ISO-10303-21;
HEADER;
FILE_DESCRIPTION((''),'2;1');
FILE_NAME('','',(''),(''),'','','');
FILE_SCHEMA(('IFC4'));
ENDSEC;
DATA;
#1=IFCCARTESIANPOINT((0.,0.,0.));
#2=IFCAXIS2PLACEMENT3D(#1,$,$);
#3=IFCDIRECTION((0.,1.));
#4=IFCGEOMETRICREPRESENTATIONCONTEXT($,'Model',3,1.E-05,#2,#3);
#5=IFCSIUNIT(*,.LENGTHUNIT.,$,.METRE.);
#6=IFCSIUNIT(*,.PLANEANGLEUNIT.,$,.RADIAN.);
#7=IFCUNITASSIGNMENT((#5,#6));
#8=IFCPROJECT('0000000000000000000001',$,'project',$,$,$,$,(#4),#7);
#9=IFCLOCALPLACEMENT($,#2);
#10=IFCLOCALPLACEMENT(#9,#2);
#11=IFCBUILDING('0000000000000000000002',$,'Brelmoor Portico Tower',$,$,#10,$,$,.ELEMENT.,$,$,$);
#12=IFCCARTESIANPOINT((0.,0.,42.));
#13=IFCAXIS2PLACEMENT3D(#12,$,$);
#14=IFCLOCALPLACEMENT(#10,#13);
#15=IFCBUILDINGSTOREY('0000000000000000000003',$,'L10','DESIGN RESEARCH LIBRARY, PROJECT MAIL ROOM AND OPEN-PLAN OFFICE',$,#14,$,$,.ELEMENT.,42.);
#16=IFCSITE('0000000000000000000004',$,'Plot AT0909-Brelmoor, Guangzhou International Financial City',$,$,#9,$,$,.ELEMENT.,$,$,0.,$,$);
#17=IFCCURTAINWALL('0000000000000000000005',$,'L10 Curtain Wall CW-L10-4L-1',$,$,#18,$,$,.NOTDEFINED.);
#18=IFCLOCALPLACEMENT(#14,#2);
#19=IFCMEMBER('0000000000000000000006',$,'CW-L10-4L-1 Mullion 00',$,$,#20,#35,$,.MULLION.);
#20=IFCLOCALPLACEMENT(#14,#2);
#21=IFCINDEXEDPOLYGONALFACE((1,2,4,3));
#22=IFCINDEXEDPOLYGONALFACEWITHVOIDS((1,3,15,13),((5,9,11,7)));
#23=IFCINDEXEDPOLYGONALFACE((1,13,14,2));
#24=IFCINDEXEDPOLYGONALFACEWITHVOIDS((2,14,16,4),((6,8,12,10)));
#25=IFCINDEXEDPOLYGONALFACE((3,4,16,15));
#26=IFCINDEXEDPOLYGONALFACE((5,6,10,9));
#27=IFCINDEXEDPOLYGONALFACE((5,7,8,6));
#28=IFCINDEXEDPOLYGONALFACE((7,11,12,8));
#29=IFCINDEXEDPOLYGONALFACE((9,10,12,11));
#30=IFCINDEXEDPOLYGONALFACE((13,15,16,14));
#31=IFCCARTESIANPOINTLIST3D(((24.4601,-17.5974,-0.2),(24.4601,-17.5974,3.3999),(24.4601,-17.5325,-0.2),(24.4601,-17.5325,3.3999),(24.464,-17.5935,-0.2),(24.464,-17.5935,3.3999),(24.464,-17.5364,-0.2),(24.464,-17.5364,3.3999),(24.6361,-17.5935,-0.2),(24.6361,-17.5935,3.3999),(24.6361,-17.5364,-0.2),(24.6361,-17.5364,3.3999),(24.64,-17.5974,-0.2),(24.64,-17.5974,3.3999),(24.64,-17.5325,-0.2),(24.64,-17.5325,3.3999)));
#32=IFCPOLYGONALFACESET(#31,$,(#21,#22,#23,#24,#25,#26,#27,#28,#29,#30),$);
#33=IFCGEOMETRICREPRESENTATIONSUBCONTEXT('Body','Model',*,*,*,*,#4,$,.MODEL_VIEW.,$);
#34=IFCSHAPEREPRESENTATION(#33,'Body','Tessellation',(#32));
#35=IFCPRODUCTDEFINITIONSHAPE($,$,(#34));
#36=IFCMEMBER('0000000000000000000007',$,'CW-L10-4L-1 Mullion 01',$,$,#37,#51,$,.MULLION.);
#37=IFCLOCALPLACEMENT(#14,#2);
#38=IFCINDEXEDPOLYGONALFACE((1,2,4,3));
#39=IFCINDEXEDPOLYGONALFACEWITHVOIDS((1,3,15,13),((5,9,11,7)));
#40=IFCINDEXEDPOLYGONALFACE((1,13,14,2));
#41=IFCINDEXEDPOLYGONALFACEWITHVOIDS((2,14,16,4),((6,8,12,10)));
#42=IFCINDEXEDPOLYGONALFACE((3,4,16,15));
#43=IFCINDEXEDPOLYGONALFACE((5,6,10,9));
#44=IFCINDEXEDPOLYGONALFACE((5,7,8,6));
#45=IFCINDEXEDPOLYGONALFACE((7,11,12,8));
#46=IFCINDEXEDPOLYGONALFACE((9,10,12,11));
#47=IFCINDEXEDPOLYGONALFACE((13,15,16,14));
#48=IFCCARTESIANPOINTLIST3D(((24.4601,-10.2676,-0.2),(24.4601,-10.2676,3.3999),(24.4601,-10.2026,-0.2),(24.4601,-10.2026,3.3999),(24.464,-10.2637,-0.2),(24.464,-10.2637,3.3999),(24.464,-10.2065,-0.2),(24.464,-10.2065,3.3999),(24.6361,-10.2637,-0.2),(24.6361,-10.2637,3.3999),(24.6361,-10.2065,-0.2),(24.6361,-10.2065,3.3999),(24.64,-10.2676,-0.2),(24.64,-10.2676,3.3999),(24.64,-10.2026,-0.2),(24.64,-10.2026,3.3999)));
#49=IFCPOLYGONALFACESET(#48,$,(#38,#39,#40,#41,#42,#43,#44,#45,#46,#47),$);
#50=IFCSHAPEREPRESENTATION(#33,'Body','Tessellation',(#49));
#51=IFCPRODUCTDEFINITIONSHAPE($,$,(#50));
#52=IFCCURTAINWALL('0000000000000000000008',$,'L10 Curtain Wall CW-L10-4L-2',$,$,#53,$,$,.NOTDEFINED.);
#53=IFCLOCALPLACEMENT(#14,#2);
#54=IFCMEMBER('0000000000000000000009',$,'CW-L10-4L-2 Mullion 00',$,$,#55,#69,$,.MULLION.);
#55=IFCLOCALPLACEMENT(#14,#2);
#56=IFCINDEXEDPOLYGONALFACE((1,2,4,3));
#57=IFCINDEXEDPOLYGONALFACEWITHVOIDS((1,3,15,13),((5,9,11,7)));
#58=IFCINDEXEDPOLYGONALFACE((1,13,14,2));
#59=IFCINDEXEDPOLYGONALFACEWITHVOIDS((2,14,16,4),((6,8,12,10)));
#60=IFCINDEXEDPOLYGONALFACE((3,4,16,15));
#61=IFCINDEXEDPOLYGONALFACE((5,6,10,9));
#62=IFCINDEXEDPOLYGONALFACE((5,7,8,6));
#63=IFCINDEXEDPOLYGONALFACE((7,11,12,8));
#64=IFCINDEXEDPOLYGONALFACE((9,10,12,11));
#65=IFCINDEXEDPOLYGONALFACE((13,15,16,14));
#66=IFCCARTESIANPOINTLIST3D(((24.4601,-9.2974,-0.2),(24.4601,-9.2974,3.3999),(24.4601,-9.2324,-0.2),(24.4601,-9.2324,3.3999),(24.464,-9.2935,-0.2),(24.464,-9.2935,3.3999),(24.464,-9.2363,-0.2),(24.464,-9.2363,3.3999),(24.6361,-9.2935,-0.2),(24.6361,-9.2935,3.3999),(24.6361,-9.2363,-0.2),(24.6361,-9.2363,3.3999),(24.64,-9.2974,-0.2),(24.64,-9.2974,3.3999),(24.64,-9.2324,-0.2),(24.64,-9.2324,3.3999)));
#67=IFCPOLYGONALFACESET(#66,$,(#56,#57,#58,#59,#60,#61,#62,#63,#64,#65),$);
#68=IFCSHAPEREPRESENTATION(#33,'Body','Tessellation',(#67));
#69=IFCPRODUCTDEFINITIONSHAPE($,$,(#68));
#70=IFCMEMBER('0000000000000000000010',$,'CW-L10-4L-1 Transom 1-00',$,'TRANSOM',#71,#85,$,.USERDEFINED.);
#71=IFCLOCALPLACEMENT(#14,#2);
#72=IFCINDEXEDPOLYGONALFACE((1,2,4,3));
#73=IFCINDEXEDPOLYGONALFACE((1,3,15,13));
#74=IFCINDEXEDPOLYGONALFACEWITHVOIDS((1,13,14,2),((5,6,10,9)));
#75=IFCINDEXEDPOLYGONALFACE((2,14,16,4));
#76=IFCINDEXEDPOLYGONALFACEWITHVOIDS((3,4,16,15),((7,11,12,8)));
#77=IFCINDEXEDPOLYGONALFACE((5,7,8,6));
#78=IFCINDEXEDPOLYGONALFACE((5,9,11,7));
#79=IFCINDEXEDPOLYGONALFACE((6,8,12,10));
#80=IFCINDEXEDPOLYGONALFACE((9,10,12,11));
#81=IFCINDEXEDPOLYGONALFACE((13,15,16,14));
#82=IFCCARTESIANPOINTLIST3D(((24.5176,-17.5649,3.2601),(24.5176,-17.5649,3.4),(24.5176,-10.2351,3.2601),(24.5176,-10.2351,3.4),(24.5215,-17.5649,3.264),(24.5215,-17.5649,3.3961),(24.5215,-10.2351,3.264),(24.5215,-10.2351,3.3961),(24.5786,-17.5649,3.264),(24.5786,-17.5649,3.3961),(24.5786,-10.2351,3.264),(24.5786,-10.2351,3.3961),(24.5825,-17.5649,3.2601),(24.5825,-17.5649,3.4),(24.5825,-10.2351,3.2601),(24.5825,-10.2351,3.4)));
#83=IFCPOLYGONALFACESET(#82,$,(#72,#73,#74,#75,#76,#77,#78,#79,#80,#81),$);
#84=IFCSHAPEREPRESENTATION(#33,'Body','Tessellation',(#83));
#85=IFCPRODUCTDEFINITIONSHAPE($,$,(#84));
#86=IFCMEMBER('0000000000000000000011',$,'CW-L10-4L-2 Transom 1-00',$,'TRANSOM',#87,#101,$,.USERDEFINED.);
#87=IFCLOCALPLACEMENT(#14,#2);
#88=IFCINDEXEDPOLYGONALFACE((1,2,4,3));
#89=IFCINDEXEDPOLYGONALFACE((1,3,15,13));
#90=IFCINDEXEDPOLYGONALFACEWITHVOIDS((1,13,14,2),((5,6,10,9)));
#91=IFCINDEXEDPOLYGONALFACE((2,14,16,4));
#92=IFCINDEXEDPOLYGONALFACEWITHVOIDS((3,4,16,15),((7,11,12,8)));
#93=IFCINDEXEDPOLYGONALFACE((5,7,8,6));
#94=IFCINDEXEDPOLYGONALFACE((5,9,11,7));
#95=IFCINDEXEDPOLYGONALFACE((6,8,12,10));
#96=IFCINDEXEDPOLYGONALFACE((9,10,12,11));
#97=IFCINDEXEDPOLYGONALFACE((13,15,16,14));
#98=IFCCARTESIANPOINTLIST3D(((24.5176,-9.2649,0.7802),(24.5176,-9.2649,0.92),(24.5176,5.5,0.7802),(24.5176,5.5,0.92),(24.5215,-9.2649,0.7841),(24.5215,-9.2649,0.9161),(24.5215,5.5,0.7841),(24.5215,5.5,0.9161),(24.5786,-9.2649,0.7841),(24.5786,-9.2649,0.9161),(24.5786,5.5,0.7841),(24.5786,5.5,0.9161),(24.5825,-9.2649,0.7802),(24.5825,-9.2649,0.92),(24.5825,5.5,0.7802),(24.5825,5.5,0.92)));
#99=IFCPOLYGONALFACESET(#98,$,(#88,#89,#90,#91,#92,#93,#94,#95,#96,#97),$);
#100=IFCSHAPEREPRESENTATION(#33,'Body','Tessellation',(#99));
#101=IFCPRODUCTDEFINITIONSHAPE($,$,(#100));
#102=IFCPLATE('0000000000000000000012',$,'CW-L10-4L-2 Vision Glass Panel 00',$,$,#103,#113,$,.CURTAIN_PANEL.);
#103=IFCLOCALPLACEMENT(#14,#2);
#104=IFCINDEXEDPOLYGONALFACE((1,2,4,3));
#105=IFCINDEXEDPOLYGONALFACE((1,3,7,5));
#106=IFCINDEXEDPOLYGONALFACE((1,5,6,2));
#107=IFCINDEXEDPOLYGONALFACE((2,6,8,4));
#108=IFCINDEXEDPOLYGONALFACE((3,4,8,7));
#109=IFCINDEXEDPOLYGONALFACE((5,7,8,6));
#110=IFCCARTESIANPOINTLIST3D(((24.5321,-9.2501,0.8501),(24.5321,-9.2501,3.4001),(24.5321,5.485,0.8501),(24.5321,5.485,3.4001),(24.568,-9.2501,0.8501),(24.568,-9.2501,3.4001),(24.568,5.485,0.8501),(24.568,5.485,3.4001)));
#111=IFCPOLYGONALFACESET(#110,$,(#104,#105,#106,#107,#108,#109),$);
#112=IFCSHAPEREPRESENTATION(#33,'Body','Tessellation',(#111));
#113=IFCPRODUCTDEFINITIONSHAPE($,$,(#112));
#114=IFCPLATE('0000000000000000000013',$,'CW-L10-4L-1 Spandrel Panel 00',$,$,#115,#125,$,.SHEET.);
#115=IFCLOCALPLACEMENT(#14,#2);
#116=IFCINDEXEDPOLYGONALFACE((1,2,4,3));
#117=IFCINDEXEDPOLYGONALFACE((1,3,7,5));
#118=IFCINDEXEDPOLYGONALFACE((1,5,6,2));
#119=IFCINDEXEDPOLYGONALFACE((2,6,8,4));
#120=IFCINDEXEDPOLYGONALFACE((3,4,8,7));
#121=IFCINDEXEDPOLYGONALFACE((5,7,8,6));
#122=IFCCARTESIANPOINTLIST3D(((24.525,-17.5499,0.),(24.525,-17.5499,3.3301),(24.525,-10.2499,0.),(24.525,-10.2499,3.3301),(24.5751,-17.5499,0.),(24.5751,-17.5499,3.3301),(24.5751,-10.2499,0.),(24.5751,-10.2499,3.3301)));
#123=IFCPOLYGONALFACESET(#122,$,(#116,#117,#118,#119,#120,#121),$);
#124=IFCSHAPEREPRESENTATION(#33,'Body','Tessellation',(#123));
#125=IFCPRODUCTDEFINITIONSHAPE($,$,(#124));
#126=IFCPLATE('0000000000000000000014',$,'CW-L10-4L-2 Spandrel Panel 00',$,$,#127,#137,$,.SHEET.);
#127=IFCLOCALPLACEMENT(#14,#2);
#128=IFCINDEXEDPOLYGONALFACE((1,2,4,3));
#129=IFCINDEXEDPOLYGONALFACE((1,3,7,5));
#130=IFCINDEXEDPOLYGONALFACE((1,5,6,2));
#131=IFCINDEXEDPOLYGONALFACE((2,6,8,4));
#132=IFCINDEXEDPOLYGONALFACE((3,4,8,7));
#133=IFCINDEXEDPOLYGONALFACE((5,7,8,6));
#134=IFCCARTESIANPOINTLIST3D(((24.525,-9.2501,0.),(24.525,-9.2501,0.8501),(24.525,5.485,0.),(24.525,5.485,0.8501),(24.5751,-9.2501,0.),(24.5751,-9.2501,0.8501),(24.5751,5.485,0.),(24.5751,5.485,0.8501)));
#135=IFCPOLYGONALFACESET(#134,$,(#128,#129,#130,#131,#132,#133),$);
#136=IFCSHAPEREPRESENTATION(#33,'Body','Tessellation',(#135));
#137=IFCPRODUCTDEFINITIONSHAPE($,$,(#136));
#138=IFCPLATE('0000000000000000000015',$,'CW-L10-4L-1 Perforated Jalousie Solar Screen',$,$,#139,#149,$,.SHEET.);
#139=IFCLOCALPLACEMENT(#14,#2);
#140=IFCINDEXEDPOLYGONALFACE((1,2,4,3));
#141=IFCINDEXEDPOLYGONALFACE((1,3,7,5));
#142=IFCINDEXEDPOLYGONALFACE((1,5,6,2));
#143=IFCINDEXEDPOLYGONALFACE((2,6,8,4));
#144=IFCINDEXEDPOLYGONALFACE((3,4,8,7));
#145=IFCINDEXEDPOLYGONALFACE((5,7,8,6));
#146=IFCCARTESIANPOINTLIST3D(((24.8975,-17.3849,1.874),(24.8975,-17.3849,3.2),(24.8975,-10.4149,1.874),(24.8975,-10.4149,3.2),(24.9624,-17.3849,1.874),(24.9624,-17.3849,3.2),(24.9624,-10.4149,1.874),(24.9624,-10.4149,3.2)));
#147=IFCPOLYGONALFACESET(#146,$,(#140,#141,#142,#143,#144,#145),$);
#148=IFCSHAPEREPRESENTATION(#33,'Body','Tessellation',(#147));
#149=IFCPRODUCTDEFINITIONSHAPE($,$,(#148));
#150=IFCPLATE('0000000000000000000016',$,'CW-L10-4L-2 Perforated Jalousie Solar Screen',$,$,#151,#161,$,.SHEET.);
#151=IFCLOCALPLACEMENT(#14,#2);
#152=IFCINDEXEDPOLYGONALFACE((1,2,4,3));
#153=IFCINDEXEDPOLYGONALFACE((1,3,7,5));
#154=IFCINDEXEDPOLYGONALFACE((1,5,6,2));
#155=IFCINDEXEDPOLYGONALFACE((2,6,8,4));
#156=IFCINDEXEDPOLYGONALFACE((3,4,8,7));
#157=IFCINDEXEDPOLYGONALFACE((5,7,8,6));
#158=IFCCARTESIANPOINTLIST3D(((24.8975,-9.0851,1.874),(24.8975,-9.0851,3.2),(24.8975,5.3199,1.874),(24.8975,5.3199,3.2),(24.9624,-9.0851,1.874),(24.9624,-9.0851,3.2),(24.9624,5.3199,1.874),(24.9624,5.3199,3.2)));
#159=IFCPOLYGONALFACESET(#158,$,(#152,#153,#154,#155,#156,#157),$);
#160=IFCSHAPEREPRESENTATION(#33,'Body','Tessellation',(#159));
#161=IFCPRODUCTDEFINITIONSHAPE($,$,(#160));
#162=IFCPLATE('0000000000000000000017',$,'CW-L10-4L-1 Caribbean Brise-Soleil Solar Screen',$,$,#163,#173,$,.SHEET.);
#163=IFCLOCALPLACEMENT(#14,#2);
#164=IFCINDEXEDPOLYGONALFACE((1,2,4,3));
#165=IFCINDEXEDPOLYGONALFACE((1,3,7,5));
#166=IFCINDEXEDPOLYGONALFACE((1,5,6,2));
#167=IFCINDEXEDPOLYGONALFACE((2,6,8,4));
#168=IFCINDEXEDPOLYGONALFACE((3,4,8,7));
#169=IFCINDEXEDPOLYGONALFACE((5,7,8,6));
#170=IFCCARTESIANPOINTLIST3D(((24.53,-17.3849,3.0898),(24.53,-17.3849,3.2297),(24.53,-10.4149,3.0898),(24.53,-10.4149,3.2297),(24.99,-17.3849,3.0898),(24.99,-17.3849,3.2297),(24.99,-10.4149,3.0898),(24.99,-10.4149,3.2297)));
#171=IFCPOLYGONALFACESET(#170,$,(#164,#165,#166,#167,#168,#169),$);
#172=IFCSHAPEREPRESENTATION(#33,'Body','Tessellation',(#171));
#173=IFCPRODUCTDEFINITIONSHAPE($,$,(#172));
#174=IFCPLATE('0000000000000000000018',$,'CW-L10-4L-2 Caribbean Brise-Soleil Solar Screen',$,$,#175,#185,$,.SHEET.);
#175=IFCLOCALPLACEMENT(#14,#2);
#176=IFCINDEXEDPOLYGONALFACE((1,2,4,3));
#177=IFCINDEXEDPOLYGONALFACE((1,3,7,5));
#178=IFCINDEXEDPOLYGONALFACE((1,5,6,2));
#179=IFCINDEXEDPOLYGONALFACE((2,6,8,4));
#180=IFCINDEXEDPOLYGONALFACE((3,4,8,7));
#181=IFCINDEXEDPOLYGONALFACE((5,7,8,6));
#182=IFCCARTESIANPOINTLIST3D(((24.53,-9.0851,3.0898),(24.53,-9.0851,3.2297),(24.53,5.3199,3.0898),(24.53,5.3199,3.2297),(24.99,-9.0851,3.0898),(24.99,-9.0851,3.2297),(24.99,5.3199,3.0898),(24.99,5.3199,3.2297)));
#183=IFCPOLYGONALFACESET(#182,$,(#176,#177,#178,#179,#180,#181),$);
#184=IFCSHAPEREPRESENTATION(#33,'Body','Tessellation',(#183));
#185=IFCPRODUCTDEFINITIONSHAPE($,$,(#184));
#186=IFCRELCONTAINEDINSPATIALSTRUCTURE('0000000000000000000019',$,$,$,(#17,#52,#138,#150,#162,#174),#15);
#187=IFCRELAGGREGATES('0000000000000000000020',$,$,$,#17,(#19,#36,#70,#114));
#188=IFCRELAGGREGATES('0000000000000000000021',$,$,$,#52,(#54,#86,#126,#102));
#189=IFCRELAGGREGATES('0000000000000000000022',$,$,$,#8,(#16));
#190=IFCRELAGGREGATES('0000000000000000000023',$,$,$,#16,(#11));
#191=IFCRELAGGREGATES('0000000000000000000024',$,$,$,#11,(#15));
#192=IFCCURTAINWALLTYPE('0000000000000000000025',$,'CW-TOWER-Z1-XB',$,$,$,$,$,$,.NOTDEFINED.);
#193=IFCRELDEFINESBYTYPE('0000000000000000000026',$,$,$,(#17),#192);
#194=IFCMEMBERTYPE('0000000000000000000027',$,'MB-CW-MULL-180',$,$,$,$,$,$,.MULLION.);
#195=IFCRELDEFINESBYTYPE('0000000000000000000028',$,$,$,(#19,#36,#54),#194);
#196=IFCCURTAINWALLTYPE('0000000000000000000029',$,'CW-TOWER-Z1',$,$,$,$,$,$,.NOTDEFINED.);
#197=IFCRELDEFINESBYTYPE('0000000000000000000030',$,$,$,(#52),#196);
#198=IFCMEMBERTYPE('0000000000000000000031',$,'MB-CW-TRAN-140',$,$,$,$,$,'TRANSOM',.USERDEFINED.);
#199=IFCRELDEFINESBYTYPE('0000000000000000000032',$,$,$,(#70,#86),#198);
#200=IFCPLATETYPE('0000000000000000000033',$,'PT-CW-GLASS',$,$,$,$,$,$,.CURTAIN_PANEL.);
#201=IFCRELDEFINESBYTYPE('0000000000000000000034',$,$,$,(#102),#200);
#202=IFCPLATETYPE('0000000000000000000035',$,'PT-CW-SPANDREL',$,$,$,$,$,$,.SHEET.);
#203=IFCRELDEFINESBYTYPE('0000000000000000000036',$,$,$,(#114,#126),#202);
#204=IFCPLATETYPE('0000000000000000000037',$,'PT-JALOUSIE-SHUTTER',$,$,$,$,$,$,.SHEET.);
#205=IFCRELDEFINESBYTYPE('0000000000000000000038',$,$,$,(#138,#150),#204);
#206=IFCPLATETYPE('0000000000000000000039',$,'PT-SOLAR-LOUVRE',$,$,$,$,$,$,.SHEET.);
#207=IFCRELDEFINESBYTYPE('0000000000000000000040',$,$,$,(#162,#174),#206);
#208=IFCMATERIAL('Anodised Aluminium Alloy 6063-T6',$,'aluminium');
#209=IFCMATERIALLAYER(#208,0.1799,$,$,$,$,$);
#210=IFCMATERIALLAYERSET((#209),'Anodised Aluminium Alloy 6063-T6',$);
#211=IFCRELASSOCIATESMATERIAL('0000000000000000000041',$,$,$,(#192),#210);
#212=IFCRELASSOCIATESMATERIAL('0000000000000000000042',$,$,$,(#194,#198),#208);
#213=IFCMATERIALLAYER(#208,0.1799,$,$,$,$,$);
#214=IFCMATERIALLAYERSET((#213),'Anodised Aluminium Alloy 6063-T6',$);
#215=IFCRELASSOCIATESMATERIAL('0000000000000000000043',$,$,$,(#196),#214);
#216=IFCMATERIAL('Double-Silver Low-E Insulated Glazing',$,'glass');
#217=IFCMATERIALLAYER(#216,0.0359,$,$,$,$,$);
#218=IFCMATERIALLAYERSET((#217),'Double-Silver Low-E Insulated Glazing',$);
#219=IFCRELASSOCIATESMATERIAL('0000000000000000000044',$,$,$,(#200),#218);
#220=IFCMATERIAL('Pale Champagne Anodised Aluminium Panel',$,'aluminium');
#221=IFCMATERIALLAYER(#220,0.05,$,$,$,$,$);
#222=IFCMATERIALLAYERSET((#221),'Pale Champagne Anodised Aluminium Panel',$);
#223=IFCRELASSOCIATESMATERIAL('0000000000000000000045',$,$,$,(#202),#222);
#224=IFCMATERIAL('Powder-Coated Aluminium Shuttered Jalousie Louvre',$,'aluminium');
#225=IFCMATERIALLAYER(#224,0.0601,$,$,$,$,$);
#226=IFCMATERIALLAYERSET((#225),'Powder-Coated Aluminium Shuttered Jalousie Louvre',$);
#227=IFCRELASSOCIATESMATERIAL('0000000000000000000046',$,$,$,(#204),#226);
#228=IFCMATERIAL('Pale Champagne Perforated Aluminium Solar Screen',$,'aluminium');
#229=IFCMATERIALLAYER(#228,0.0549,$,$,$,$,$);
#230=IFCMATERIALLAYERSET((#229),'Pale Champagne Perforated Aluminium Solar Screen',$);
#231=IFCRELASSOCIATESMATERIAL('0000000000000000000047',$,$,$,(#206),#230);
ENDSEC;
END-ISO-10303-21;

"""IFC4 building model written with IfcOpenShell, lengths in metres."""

from ifc_helpers import new_model, si_unit, direction, frame, origin, origin_2d, place, context, subcontext, project, spatial, rectangle, hollow_rectangle, extrude, material, layer, layer_set, material_profile, profile_set, type_object, element, aggregate, save


model = new_model("IFC4")

# Units and contexts
model_context = context("Model", 3, precision=1e-05, world=origin(), true_north=direction((0.0, 1.0)))
body_context = subcontext(model_context, "Body", "Model", "MODEL_VIEW")
ifc_project = project(units=[si_unit("LENGTHUNIT", "METRE"), si_unit("PLANEANGLEUNIT", "RADIAN")], contexts=[model_context])

# Site, building, storey
site_placement = place(None, origin())
site = spatial("IfcSite", under=ifc_project, at=site_placement, Name="Plot AT0909-Brelmoor, Guangzhou International Financial City", CompositionType="ELEMENT", RefElevation=0.0)
building_placement = place(site_placement, origin())
building = spatial("IfcBuilding", under=site, at=building_placement, Name="Brelmoor Portico Tower", CompositionType="ELEMENT")
storey_placement = place(building_placement, frame((0.0, 0.0, 42.0)))
storey = spatial("IfcBuildingStorey", under=building, at=storey_placement, Name="L10", Description="DESIGN RESEARCH LIBRARY, PROJECT MAIL ROOM AND OPEN-PLAN OFFICE", CompositionType="ELEMENT", Elevation=42.0)

# Curtain wall, members
ifc_material_1 = material(Name="Anodised Aluminium Alloy 6063-T6", Category="aluminium")
ifc_layer_1 = layer(ifc_material_1, 0.1799)
ifc_layer_set_1 = layer_set([ifc_layer_1], Name="Anodised Aluminium Alloy 6063-T6")
curtain_wall_type_1 = type_object("IfcCurtainWallType", Name="CW-TOWER-Z1-XB", PredefinedType="NOTDEFINED", material=ifc_layer_set_1)
curtain_wall_1_placement = place(storey_placement, origin())
curtain_wall_1 = element("IfcCurtainWall", 1, at=curtain_wall_1_placement, inside=storey, type_object=curtain_wall_type_1, Name="L10 Curtain Wall CW-L10-4L-1", PredefinedType="NOTDEFINED")
ifc_material_profile_1 = material_profile(ifc_material_1, hollow_rectangle(XDim=0.0649, YDim=0.1799, WallThickness=0.0039, at=origin_2d()), Name="ALU MULLION 65x180")
ifc_profile_set_1 = profile_set([ifc_material_profile_1], Name="Anodised Aluminium Alloy 6063-T6")
member_type_1 = type_object("IfcMemberType", Name="MB-CW-MULL-180", PredefinedType="MULLION", material=ifc_profile_set_1)
member_1_placement = place(storey_placement, frame((24.55, -17.5649, -0.2), z_axis=(0.0, 0.0, 1.0), x_axis=(0.0, 1.0, 0.0)))
member_1 = element("IfcMember", 2, at=member_1_placement, type_object=member_type_1, Name="CW-L10-4L-1 Mullion 00", PredefinedType="MULLION", context=body_context, shape_type="SweptSolid", body=[
    extrude(hollow_rectangle(XDim=0.0649, YDim=0.1799, WallThickness=0.0039, at=origin_2d()), origin(), (0.0, 0.0, 1.0), 3.5999),
])
member_2_placement = place(storey_placement, frame((24.55, -10.2351, -0.2), z_axis=(0.0, 0.0, 1.0), x_axis=(0.0, 1.0, 0.0)))
member_2 = element("IfcMember", 3, at=member_2_placement, type_object=member_type_1, Name="CW-L10-4L-1 Mullion 01", PredefinedType="MULLION", context=body_context, shape_type="SweptSolid", body=[
    extrude(hollow_rectangle(XDim=0.0649, YDim=0.1799, WallThickness=0.0039, at=origin_2d()), origin(), (0.0, 0.0, 1.0), 3.5999),
])

# Curtain wall, member
ifc_layer_2 = layer(ifc_material_1, 0.1799)
ifc_layer_set_2 = layer_set([ifc_layer_2], Name="Anodised Aluminium Alloy 6063-T6")
curtain_wall_type_2 = type_object("IfcCurtainWallType", Name="CW-TOWER-Z1", PredefinedType="NOTDEFINED", material=ifc_layer_set_2)
curtain_wall_2_placement = place(storey_placement, origin())
curtain_wall_2 = element("IfcCurtainWall", 4, at=curtain_wall_2_placement, inside=storey, type_object=curtain_wall_type_2, Name="L10 Curtain Wall CW-L10-4L-2", PredefinedType="NOTDEFINED")
member_3_placement = place(storey_placement, frame((24.55, -9.2649, -0.2), z_axis=(0.0, 0.0, 1.0), x_axis=(0.0, 1.0, 0.0)))
member_3 = element("IfcMember", 5, at=member_3_placement, type_object=member_type_1, Name="CW-L10-4L-2 Mullion 00", PredefinedType="MULLION", context=body_context, shape_type="SweptSolid", body=[
    extrude(hollow_rectangle(XDim=0.0649, YDim=0.1799, WallThickness=0.0039, at=origin_2d()), origin(), (0.0, 0.0, 1.0), 3.5999),
])

# Members
ifc_material_profile_2 = material_profile(ifc_material_1, hollow_rectangle(XDim=0.0649, YDim=0.1399, WallThickness=0.0039, at=origin_2d()), Name="ALU TRANSOM 65x140")
ifc_profile_set_2 = profile_set([ifc_material_profile_2], Name="Anodised Aluminium Alloy 6063-T6")
member_type_2 = type_object("IfcMemberType", Name="MB-CW-TRAN-140", ElementType="TRANSOM", PredefinedType="USERDEFINED", material=ifc_profile_set_2)
member_4_placement = place(storey_placement, frame((24.55, -17.5649, 3.3301), z_axis=(0.0, 1.0, 0.0), x_axis=(-1.0, 0.0, 0.0)))
member_4 = element("IfcMember", 6, at=member_4_placement, type_object=member_type_2, Name="CW-L10-4L-1 Transom 1-00", ObjectType="TRANSOM", PredefinedType="USERDEFINED", context=body_context, shape_type="SweptSolid", body=[
    extrude(hollow_rectangle(XDim=0.0649, YDim=0.1399, WallThickness=0.0039, at=origin_2d()), origin(), (0.0, 0.0, 1.0), 7.3298),
])
member_5_placement = place(storey_placement, frame((24.55, -9.2649, 0.8501), z_axis=(0.0, 1.0, 0.0), x_axis=(-1.0, 0.0, 0.0)))
member_5 = element("IfcMember", 7, at=member_5_placement, type_object=member_type_2, Name="CW-L10-4L-2 Transom 1-00", ObjectType="TRANSOM", PredefinedType="USERDEFINED", context=body_context, shape_type="SweptSolid", body=[
    extrude(hollow_rectangle(XDim=0.0649, YDim=0.1399, WallThickness=0.0039, at=origin_2d()), origin(), (0.0, 0.0, 1.0), 14.7649),
])

# Plates
ifc_material_2 = material(Name="Double-Silver Low-E Insulated Glazing", Category="glass")
ifc_layer_3 = layer(ifc_material_2, 0.0359)
ifc_layer_set_3 = layer_set([ifc_layer_3], Name="Double-Silver Low-E Insulated Glazing")
plate_type_1 = type_object("IfcPlateType", Name="PT-CW-GLASS", PredefinedType="CURTAIN_PANEL", material=ifc_layer_set_3)
plate_1_placement = place(storey_placement, frame((24.55, -1.8826, 0.8501), z_axis=(0.0, 0.0, 1.0), x_axis=(0.0, 1.0, 0.0)))
plate_1 = element("IfcPlate", 8, at=plate_1_placement, type_object=plate_type_1, Name="CW-L10-4L-2 Vision Glass Panel 00", PredefinedType="CURTAIN_PANEL", context=body_context, shape_type="SweptSolid", body=[
    extrude(rectangle(XDim=14.7351, YDim=0.0359, at=origin_2d()), origin(), (0.0, 0.0, 1.0), 2.55),
])
ifc_material_3 = material(Name="Pale Champagne Anodised Aluminium Panel", Category="aluminium")
ifc_layer_4 = layer(ifc_material_3, 0.05)
ifc_layer_set_4 = layer_set([ifc_layer_4], Name="Pale Champagne Anodised Aluminium Panel")
plate_type_2 = type_object("IfcPlateType", Name="PT-CW-SPANDREL", PredefinedType="SHEET", material=ifc_layer_set_4)
plate_2_placement = place(storey_placement, frame((24.55, -13.8999, 0.0), z_axis=(0.0, 0.0, 1.0), x_axis=(0.0, 1.0, 0.0)))
plate_2 = element("IfcPlate", 9, at=plate_2_placement, type_object=plate_type_2, Name="CW-L10-4L-1 Spandrel Panel 00", PredefinedType="SHEET", context=body_context, shape_type="SweptSolid", body=[
    extrude(rectangle(XDim=7.3, YDim=0.05, at=origin_2d()), origin(), (0.0, 0.0, 1.0), 3.3301),
])
aggregate(curtain_wall_1, [member_1, member_2, member_4, plate_2])
plate_3_placement = place(storey_placement, frame((24.55, -1.8826, 0.0), z_axis=(0.0, 0.0, 1.0), x_axis=(0.0, 1.0, 0.0)))
plate_3 = element("IfcPlate", 10, at=plate_3_placement, type_object=plate_type_2, Name="CW-L10-4L-2 Spandrel Panel 00", PredefinedType="SHEET", context=body_context, shape_type="SweptSolid", body=[
    extrude(rectangle(XDim=14.7351, YDim=0.05, at=origin_2d()), origin(), (0.0, 0.0, 1.0), 0.8501),
])
aggregate(curtain_wall_2, [member_3, member_5, plate_3, plate_1])

# Plates
ifc_material_4 = material(Name="Powder-Coated Aluminium Shuttered Jalousie Louvre", Category="aluminium")
ifc_layer_5 = layer(ifc_material_4, 0.0601)
ifc_layer_set_5 = layer_set([ifc_layer_5], Name="Powder-Coated Aluminium Shuttered Jalousie Louvre")
plate_type_3 = type_object("IfcPlateType", Name="PT-JALOUSIE-SHUTTER", PredefinedType="SHEET", material=ifc_layer_set_5)
plate_4_placement = place(storey_placement, frame((24.9299, -13.8999, 1.874), z_axis=(0.0, 0.0, 1.0), x_axis=(0.0, 1.0, 0.0)))
element("IfcPlate", 11, at=plate_4_placement, inside=storey, type_object=plate_type_3, Name="CW-L10-4L-1 Perforated Jalousie Solar Screen", PredefinedType="SHEET", context=body_context, shape_type="SweptSolid", body=[
    extrude(rectangle(XDim=6.97, YDim=0.0649, at=origin_2d()), origin(), (0.0, 0.0, 1.0), 1.3259),
])
plate_5_placement = place(storey_placement, frame((24.9299, -1.8826, 1.874), z_axis=(0.0, 0.0, 1.0), x_axis=(0.0, 1.0, 0.0)))
element("IfcPlate", 12, at=plate_5_placement, inside=storey, type_object=plate_type_3, Name="CW-L10-4L-2 Perforated Jalousie Solar Screen", PredefinedType="SHEET", context=body_context, shape_type="SweptSolid", body=[
    extrude(rectangle(XDim=14.405, YDim=0.0649, at=origin_2d()), origin(), (0.0, 0.0, 1.0), 1.3259),
])
ifc_material_5 = material(Name="Pale Champagne Perforated Aluminium Solar Screen", Category="aluminium")
ifc_layer_6 = layer(ifc_material_5, 0.0549)
ifc_layer_set_6 = layer_set([ifc_layer_6], Name="Pale Champagne Perforated Aluminium Solar Screen")
plate_type_4 = type_object("IfcPlateType", Name="PT-SOLAR-LOUVRE", PredefinedType="SHEET", material=ifc_layer_set_6)
plate_6_placement = place(storey_placement, frame((24.76, -13.8999, 3.0898), z_axis=(0.0, 0.0, 1.0), x_axis=(0.0, 1.0, 0.0)))
element("IfcPlate", 13, at=plate_6_placement, inside=storey, type_object=plate_type_4, Name="CW-L10-4L-1 Caribbean Brise-Soleil Solar Screen", PredefinedType="SHEET", context=body_context, shape_type="SweptSolid", body=[
    extrude(rectangle(XDim=6.97, YDim=0.46, at=origin_2d()), origin(), (0.0, 0.0, 1.0), 0.1399),
])
plate_7_placement = place(storey_placement, frame((24.76, -1.8826, 3.0898), z_axis=(0.0, 0.0, 1.0), x_axis=(0.0, 1.0, 0.0)))
element("IfcPlate", 14, at=plate_7_placement, inside=storey, type_object=plate_type_4, Name="CW-L10-4L-2 Caribbean Brise-Soleil Solar Screen", PredefinedType="SHEET", context=body_context, shape_type="SweptSolid", body=[
    extrude(rectangle(XDim=14.405, YDim=0.46, at=origin_2d()), origin(), (0.0, 0.0, 1.0), 0.1399),
])

save(model, "model.ifc")
